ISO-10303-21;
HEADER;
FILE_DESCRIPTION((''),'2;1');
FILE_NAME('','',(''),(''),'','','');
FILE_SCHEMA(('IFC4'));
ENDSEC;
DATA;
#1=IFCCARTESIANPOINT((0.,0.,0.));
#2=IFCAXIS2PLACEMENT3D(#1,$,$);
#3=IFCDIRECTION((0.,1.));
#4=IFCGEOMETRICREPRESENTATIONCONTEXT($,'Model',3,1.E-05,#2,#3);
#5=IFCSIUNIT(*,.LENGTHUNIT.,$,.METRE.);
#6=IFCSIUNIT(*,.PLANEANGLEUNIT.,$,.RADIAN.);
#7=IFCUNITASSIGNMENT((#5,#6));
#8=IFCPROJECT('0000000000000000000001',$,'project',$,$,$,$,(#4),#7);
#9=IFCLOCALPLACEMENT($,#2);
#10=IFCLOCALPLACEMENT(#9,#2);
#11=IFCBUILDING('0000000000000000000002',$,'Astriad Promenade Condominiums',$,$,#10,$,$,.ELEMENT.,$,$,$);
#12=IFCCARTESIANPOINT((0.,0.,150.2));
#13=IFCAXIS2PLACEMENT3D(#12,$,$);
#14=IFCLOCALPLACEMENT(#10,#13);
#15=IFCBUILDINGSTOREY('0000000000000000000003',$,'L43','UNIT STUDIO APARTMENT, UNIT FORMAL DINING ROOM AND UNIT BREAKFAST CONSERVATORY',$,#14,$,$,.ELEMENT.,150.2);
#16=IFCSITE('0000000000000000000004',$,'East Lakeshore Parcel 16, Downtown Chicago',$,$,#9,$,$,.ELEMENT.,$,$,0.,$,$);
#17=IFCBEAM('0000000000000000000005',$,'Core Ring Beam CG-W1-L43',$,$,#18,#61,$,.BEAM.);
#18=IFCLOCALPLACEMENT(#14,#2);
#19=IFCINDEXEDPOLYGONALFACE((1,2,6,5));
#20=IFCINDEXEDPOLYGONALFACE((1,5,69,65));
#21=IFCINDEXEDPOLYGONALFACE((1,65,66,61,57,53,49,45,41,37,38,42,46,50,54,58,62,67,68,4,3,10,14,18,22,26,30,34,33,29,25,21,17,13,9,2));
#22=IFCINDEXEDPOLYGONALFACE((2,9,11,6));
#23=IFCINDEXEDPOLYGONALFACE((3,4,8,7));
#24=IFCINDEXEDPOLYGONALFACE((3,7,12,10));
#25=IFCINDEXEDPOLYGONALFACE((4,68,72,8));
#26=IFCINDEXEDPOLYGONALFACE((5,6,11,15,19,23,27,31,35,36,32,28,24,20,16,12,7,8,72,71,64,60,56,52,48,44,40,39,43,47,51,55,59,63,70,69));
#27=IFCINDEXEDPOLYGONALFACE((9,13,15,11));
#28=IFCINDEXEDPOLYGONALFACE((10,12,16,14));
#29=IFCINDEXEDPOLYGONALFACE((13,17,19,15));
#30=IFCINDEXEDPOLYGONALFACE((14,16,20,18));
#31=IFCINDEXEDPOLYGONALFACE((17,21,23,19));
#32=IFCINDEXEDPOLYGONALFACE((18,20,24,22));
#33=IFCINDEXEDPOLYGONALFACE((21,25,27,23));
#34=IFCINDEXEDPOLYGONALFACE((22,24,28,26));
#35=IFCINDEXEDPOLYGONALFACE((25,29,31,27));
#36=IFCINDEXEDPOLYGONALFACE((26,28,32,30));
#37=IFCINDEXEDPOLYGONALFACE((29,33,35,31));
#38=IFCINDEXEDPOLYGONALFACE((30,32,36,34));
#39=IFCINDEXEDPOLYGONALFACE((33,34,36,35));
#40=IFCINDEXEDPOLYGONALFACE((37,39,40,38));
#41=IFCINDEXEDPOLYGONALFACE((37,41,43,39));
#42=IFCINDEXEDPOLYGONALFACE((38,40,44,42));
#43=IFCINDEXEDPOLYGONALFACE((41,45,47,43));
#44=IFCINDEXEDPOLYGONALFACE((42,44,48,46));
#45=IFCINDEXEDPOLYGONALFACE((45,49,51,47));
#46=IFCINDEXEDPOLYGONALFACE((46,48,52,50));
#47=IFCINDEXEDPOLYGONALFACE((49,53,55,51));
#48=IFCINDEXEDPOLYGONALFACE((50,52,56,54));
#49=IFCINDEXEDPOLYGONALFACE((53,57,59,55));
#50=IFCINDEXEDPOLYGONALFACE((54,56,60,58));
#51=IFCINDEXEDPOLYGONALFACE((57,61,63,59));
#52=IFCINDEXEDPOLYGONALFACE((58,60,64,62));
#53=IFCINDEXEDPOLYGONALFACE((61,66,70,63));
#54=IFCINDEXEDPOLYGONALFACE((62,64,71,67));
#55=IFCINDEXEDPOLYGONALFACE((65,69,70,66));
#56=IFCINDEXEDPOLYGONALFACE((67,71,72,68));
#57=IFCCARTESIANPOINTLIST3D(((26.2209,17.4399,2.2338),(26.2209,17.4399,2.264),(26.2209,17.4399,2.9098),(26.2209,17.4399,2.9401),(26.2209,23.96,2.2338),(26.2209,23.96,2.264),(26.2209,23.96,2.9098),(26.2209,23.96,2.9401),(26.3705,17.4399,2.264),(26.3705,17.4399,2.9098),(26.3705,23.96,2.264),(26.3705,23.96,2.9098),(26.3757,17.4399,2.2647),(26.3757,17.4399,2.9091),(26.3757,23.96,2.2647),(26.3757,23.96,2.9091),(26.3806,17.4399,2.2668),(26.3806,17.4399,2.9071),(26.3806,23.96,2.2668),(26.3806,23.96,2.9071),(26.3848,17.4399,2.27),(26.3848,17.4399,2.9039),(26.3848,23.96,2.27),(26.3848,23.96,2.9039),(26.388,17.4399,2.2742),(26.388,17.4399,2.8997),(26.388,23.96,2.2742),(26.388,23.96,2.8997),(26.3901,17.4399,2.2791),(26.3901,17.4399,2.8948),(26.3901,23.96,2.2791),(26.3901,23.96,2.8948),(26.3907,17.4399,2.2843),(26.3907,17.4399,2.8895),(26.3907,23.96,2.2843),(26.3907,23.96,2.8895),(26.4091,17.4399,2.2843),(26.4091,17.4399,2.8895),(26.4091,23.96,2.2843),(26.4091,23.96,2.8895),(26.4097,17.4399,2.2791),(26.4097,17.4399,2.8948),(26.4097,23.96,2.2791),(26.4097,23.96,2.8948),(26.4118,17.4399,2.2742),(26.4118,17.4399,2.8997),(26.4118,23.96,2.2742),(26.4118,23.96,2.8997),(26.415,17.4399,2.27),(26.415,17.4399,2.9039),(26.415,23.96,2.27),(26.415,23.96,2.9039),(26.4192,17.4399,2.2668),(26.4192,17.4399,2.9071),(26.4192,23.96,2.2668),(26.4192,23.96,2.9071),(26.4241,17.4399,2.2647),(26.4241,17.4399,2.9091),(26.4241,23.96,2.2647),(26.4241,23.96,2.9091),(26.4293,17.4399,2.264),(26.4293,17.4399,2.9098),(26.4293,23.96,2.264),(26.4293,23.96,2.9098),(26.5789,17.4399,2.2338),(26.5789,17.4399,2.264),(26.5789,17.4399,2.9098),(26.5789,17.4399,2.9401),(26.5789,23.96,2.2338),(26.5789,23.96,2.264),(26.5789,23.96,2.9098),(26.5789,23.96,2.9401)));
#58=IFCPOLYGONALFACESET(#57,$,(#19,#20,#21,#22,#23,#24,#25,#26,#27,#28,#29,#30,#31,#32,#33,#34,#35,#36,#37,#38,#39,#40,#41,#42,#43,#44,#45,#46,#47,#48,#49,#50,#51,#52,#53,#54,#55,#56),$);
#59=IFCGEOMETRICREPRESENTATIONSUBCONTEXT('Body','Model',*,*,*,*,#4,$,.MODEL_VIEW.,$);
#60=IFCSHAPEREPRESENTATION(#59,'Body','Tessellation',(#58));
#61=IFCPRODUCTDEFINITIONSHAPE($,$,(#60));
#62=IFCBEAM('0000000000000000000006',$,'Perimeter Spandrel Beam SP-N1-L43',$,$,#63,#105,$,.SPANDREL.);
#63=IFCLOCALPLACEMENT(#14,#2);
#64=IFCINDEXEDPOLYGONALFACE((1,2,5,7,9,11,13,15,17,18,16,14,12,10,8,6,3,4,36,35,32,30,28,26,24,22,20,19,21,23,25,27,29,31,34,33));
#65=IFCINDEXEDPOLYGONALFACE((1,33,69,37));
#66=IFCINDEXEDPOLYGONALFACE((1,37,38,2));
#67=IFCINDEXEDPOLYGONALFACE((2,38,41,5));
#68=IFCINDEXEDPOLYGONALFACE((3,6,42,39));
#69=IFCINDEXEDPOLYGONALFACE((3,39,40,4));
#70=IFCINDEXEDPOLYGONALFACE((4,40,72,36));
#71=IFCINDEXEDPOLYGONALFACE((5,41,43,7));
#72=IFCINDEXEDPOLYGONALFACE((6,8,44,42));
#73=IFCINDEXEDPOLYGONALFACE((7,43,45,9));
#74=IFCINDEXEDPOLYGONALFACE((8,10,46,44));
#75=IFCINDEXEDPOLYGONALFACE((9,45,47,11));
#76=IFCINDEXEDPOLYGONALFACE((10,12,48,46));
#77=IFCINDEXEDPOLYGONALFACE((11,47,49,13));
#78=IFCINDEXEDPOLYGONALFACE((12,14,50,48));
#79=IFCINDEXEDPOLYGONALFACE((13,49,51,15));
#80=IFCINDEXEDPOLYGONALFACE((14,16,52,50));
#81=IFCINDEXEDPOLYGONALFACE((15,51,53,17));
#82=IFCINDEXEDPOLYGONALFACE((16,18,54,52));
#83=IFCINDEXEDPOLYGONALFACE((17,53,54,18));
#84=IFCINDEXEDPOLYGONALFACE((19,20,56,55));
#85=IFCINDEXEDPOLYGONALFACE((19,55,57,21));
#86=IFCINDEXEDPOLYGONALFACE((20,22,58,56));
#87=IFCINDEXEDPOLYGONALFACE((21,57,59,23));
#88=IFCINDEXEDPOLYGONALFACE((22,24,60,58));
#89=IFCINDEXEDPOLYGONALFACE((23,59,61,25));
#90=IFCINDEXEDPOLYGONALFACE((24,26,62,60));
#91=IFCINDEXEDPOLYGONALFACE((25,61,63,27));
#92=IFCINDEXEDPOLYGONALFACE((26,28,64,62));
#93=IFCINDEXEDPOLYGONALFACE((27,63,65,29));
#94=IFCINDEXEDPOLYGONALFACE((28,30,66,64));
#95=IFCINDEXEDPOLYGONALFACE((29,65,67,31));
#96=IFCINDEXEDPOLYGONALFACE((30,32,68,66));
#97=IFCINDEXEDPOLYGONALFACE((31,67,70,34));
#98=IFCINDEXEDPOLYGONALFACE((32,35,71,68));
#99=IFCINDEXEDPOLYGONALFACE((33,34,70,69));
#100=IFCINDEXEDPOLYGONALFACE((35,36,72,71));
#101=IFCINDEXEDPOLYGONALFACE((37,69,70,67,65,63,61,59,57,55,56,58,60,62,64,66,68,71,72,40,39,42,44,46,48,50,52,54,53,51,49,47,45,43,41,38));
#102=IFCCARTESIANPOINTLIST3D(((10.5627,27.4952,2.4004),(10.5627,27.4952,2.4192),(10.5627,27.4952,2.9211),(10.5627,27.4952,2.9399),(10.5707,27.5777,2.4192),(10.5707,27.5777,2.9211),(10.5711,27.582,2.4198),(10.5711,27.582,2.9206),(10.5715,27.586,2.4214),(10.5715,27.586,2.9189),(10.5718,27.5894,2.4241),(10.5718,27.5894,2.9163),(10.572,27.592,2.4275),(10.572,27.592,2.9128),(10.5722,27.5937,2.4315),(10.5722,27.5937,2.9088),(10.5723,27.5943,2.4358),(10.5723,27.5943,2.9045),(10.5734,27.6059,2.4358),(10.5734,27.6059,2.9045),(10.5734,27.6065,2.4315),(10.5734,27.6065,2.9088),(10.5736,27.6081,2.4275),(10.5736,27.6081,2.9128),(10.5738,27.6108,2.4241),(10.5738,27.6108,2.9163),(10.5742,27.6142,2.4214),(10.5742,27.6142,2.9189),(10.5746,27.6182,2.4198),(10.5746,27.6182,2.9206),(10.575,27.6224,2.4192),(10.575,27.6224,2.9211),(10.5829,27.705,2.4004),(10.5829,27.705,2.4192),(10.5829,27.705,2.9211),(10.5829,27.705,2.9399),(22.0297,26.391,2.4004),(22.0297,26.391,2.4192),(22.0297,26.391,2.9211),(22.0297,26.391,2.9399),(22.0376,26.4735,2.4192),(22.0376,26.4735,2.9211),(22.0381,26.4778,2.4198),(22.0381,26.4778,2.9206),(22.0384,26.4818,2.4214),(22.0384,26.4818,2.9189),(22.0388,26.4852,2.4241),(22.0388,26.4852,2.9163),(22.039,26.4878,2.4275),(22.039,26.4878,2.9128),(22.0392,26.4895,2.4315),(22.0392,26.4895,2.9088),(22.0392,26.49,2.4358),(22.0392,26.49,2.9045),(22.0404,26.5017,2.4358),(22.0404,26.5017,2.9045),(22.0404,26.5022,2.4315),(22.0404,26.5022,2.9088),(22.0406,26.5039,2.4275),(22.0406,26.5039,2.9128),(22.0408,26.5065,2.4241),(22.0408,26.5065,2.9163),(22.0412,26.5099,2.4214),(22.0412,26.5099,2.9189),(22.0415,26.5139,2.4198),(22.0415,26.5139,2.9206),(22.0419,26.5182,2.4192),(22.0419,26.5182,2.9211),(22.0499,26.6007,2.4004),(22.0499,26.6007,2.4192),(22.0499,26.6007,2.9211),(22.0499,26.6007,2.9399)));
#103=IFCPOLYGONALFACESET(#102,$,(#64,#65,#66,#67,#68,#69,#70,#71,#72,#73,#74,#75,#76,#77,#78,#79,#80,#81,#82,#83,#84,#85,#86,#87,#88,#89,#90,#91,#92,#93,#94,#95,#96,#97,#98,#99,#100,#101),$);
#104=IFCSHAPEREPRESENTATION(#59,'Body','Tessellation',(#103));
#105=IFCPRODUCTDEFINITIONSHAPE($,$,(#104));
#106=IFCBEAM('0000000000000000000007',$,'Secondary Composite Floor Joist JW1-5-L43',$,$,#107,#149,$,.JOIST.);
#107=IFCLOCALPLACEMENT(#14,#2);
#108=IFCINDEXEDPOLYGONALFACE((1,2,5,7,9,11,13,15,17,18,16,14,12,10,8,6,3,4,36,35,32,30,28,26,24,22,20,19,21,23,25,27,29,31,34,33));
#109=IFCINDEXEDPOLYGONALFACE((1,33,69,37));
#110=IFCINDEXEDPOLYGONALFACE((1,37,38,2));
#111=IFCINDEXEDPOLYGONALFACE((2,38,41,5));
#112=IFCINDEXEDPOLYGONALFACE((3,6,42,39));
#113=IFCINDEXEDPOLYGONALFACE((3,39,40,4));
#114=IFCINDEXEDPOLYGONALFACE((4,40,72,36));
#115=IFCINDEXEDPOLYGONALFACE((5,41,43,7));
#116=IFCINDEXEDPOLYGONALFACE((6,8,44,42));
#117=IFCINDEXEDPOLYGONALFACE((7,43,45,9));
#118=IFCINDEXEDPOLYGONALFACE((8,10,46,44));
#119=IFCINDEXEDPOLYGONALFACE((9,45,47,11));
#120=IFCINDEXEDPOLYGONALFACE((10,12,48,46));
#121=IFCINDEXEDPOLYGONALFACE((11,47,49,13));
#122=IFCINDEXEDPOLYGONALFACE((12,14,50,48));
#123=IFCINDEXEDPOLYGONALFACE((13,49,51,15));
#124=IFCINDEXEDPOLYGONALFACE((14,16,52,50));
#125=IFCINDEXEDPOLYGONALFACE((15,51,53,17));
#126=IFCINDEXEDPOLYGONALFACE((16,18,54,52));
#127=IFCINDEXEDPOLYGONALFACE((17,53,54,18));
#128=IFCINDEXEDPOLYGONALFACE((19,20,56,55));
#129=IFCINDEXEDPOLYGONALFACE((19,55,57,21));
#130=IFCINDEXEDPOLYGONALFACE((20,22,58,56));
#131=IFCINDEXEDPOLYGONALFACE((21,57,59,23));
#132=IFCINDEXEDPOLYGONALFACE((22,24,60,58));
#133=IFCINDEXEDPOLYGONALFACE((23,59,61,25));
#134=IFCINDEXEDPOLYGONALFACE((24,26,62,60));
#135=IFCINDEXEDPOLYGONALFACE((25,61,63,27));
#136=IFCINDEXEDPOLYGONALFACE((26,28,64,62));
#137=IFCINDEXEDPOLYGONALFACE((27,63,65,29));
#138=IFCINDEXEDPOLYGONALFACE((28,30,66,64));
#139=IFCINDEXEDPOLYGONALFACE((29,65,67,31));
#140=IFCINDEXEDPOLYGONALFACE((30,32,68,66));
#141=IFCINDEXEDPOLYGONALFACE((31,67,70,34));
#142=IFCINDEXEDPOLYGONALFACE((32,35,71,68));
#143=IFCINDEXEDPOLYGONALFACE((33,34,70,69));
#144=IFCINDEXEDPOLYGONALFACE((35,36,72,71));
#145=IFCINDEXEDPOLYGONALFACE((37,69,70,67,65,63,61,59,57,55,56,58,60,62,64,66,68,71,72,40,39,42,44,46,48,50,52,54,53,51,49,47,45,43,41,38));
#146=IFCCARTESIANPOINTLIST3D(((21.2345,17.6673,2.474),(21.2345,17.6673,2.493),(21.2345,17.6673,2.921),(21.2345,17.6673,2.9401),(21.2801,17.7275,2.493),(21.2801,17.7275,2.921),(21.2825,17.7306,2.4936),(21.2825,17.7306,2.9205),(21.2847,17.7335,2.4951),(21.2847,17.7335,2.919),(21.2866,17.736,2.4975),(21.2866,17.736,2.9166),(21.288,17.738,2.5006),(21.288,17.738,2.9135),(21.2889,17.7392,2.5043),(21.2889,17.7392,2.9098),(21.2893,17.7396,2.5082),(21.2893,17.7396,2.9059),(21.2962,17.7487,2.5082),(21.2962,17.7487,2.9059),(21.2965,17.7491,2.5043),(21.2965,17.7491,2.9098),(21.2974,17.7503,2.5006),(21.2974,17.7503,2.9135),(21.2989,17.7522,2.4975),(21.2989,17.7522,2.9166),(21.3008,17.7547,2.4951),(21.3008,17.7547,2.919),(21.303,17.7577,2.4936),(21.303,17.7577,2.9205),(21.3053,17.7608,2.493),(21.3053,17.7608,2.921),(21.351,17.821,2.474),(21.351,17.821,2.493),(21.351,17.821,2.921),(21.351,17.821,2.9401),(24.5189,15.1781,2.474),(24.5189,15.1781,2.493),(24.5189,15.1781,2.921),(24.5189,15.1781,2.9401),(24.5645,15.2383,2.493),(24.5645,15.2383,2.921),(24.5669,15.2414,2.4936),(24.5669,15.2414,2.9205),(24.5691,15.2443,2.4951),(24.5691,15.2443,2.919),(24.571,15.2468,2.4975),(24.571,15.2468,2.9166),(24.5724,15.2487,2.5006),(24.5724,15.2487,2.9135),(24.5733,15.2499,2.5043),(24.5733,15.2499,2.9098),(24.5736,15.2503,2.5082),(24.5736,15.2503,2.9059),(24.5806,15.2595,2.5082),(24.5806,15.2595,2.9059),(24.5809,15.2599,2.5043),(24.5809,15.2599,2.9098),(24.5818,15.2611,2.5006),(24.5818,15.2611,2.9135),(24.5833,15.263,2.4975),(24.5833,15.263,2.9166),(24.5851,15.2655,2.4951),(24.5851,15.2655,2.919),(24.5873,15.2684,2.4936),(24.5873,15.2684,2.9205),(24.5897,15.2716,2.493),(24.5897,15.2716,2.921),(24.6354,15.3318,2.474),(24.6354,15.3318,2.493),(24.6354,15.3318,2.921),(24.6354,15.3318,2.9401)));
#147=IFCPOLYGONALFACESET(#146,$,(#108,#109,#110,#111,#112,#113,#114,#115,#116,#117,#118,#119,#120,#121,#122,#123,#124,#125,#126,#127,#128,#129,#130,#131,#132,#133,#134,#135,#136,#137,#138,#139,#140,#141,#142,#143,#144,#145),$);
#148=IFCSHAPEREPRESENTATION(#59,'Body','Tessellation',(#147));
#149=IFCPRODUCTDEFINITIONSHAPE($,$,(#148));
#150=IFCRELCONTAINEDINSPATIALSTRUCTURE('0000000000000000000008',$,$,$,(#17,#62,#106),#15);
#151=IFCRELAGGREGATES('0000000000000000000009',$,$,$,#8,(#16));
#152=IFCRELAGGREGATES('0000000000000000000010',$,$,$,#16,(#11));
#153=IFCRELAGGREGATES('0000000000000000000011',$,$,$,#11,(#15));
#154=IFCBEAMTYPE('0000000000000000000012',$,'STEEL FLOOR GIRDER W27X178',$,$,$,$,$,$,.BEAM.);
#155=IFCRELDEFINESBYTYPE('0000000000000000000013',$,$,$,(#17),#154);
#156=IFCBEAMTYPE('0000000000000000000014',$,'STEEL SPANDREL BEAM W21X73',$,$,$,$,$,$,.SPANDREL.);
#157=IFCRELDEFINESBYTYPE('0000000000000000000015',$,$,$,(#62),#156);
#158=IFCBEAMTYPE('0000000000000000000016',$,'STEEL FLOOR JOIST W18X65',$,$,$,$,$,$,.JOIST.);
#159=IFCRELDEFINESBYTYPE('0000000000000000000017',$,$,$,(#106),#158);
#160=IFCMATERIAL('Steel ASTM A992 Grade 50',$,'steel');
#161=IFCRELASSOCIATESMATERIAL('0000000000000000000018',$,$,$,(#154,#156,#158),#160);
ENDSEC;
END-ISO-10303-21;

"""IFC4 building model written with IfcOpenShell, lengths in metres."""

from ifc_helpers import new_model, si_unit, direction, frame, origin, origin_2d, place, context, subcontext, project, spatial, i_section, extrude, source, transform, mapped, material, material_profile, profile_set, type_object, type_shapes, element, save


model = new_model("IFC4")

# Units and contexts
model_context = context("Model", 3, precision=1e-05, world=origin(), true_north=direction((0.0, 1.0)))
body_context = subcontext(model_context, "Body", "Model", "MODEL_VIEW")
ifc_project = project(units=[si_unit("LENGTHUNIT", "METRE"), si_unit("PLANEANGLEUNIT", "RADIAN")], contexts=[model_context])

# Site, building, storey
site_placement = place(None, origin())
site = spatial("IfcSite", under=ifc_project, at=site_placement, Name="East Lakeshore Parcel 16, Downtown Chicago", CompositionType="ELEMENT", RefElevation=0.0)
building_placement = place(site_placement, origin())
building = spatial("IfcBuilding", under=site, at=building_placement, Name="Astriad Promenade Condominiums", CompositionType="ELEMENT")
storey_placement = place(building_placement, frame((0.0, 0.0, 150.2)))
storey = spatial("IfcBuildingStorey", under=building, at=storey_placement, Name="L43", Description="UNIT STUDIO APARTMENT, UNIT FORMAL DINING ROOM AND UNIT BREAKFAST CONSERVATORY", CompositionType="ELEMENT", Elevation=150.2)

# Shared definitions
ifc_material_1 = material(Name="Steel ASTM A992 Grade 50", Category="steel")

# Beams
ifc_material_profile_1 = material_profile(ifc_material_1, i_section(OverallWidth=0.3579, OverallDepth=0.7063, WebThickness=0.0183, FlangeThickness=0.0303, FilletRadius=0.0203, at=origin_2d()), Name="W27X178")
ifc_profile_set_1 = profile_set([ifc_material_profile_1], Name="Steel ASTM A992 Grade 50")
beam_type_1 = type_object("IfcBeamType", Name="STEEL FLOOR GIRDER W27X178", PredefinedType="BEAM", material=ifc_profile_set_1)
shared_shape_1 = source(origin(), body_context, "Body", "SweptSolid", [
    extrude(i_section(OverallWidth=0.3579, OverallDepth=0.7063, WebThickness=0.0183, FlangeThickness=0.0303, FilletRadius=0.0203, at=origin_2d()), origin(), (0.0, 0.0, 1.0), 6.52),
])
type_shapes(beam_type_1, [shared_shape_1])
beam_1_placement = place(storey_placement, frame((26.3999, 17.4399, 2.5869), z_axis=(0.0, 1.0, 0.0), x_axis=(-1.0, 0.0, 0.0)))
element("IfcBeam", 1, at=beam_1_placement, inside=storey, type_object=beam_type_1, Name="Core Ring Beam CG-W1-L43", PredefinedType="BEAM", context=body_context, shape_type="MappedRepresentation", body=[
    mapped(shared_shape_1, transform((0.0, 0.0, 0.0), scale=1.0)),
])
ifc_material_profile_2 = material_profile(ifc_material_1, i_section(OverallWidth=0.2107, OverallDepth=0.5396, WebThickness=0.0117, FlangeThickness=0.0188, FilletRadius=0.0166, at=origin_2d()), Name="W21X73")
ifc_profile_set_2 = profile_set([ifc_material_profile_2], Name="Steel ASTM A992 Grade 50")
beam_type_2 = type_object("IfcBeamType", Name="STEEL SPANDREL BEAM W21X73", PredefinedType="SPANDREL", material=ifc_profile_set_2)
shared_shape_2 = source(origin(), body_context, "Body", "SweptSolid", [
    extrude(i_section(OverallWidth=0.2107, OverallDepth=0.5396, WebThickness=0.0117, FlangeThickness=0.0188, FilletRadius=0.0166, at=origin_2d()), origin(), (0.0, 0.0, 1.0), 11.52),
])
type_shapes(beam_type_2, [shared_shape_2])
beam_2_placement = place(storey_placement, frame((22.0398, 26.4958, 2.6702), z_axis=(-0.995395, 0.095854, 0.0), x_axis=(-0.095854, -0.995395, 0.0)))
element("IfcBeam", 2, at=beam_2_placement, inside=storey, type_object=beam_type_2, Name="Perimeter Spandrel Beam SP-N1-L43", PredefinedType="SPANDREL", context=body_context, shape_type="MappedRepresentation", body=[
    mapped(shared_shape_2, transform((0.0, 0.0, 0.0), scale=1.0)),
])
ifc_material_profile_3 = material_profile(ifc_material_1, i_section(OverallWidth=0.1929, OverallDepth=0.4661, WebThickness=0.0115, FlangeThickness=0.019, FilletRadius=0.0151, at=origin_2d()), Name="W18X65")
ifc_profile_set_3 = profile_set([ifc_material_profile_3], Name="Steel ASTM A992 Grade 50")
beam_type_3 = type_object("IfcBeamType", Name="STEEL FLOOR JOIST W18X65", PredefinedType="JOIST", material=ifc_profile_set_3)
shared_shape_3 = source(origin(), body_context, "Body", "SweptSolid", [
    extrude(i_section(OverallWidth=0.1929, OverallDepth=0.4661, WebThickness=0.0115, FlangeThickness=0.019, FilletRadius=0.0151, at=origin_2d()), origin(), (0.0, 0.0, 1.0), 4.1211),
])
beam_3_placement = place(storey_placement, frame((21.2927, 17.7441, 2.707), z_axis=(0.796969, -0.604021, 0.0), x_axis=(0.604021, 0.796969, 0.0)))
element("IfcBeam", 3, at=beam_3_placement, inside=storey, type_object=beam_type_3, Name="Secondary Composite Floor Joist JW1-5-L43", PredefinedType="JOIST", context=body_context, shape_type="MappedRepresentation", body=[
    mapped(shared_shape_3, transform((0.0, 0.0, 0.0), scale=1.0)),
])

save(model, "model.ifc")
